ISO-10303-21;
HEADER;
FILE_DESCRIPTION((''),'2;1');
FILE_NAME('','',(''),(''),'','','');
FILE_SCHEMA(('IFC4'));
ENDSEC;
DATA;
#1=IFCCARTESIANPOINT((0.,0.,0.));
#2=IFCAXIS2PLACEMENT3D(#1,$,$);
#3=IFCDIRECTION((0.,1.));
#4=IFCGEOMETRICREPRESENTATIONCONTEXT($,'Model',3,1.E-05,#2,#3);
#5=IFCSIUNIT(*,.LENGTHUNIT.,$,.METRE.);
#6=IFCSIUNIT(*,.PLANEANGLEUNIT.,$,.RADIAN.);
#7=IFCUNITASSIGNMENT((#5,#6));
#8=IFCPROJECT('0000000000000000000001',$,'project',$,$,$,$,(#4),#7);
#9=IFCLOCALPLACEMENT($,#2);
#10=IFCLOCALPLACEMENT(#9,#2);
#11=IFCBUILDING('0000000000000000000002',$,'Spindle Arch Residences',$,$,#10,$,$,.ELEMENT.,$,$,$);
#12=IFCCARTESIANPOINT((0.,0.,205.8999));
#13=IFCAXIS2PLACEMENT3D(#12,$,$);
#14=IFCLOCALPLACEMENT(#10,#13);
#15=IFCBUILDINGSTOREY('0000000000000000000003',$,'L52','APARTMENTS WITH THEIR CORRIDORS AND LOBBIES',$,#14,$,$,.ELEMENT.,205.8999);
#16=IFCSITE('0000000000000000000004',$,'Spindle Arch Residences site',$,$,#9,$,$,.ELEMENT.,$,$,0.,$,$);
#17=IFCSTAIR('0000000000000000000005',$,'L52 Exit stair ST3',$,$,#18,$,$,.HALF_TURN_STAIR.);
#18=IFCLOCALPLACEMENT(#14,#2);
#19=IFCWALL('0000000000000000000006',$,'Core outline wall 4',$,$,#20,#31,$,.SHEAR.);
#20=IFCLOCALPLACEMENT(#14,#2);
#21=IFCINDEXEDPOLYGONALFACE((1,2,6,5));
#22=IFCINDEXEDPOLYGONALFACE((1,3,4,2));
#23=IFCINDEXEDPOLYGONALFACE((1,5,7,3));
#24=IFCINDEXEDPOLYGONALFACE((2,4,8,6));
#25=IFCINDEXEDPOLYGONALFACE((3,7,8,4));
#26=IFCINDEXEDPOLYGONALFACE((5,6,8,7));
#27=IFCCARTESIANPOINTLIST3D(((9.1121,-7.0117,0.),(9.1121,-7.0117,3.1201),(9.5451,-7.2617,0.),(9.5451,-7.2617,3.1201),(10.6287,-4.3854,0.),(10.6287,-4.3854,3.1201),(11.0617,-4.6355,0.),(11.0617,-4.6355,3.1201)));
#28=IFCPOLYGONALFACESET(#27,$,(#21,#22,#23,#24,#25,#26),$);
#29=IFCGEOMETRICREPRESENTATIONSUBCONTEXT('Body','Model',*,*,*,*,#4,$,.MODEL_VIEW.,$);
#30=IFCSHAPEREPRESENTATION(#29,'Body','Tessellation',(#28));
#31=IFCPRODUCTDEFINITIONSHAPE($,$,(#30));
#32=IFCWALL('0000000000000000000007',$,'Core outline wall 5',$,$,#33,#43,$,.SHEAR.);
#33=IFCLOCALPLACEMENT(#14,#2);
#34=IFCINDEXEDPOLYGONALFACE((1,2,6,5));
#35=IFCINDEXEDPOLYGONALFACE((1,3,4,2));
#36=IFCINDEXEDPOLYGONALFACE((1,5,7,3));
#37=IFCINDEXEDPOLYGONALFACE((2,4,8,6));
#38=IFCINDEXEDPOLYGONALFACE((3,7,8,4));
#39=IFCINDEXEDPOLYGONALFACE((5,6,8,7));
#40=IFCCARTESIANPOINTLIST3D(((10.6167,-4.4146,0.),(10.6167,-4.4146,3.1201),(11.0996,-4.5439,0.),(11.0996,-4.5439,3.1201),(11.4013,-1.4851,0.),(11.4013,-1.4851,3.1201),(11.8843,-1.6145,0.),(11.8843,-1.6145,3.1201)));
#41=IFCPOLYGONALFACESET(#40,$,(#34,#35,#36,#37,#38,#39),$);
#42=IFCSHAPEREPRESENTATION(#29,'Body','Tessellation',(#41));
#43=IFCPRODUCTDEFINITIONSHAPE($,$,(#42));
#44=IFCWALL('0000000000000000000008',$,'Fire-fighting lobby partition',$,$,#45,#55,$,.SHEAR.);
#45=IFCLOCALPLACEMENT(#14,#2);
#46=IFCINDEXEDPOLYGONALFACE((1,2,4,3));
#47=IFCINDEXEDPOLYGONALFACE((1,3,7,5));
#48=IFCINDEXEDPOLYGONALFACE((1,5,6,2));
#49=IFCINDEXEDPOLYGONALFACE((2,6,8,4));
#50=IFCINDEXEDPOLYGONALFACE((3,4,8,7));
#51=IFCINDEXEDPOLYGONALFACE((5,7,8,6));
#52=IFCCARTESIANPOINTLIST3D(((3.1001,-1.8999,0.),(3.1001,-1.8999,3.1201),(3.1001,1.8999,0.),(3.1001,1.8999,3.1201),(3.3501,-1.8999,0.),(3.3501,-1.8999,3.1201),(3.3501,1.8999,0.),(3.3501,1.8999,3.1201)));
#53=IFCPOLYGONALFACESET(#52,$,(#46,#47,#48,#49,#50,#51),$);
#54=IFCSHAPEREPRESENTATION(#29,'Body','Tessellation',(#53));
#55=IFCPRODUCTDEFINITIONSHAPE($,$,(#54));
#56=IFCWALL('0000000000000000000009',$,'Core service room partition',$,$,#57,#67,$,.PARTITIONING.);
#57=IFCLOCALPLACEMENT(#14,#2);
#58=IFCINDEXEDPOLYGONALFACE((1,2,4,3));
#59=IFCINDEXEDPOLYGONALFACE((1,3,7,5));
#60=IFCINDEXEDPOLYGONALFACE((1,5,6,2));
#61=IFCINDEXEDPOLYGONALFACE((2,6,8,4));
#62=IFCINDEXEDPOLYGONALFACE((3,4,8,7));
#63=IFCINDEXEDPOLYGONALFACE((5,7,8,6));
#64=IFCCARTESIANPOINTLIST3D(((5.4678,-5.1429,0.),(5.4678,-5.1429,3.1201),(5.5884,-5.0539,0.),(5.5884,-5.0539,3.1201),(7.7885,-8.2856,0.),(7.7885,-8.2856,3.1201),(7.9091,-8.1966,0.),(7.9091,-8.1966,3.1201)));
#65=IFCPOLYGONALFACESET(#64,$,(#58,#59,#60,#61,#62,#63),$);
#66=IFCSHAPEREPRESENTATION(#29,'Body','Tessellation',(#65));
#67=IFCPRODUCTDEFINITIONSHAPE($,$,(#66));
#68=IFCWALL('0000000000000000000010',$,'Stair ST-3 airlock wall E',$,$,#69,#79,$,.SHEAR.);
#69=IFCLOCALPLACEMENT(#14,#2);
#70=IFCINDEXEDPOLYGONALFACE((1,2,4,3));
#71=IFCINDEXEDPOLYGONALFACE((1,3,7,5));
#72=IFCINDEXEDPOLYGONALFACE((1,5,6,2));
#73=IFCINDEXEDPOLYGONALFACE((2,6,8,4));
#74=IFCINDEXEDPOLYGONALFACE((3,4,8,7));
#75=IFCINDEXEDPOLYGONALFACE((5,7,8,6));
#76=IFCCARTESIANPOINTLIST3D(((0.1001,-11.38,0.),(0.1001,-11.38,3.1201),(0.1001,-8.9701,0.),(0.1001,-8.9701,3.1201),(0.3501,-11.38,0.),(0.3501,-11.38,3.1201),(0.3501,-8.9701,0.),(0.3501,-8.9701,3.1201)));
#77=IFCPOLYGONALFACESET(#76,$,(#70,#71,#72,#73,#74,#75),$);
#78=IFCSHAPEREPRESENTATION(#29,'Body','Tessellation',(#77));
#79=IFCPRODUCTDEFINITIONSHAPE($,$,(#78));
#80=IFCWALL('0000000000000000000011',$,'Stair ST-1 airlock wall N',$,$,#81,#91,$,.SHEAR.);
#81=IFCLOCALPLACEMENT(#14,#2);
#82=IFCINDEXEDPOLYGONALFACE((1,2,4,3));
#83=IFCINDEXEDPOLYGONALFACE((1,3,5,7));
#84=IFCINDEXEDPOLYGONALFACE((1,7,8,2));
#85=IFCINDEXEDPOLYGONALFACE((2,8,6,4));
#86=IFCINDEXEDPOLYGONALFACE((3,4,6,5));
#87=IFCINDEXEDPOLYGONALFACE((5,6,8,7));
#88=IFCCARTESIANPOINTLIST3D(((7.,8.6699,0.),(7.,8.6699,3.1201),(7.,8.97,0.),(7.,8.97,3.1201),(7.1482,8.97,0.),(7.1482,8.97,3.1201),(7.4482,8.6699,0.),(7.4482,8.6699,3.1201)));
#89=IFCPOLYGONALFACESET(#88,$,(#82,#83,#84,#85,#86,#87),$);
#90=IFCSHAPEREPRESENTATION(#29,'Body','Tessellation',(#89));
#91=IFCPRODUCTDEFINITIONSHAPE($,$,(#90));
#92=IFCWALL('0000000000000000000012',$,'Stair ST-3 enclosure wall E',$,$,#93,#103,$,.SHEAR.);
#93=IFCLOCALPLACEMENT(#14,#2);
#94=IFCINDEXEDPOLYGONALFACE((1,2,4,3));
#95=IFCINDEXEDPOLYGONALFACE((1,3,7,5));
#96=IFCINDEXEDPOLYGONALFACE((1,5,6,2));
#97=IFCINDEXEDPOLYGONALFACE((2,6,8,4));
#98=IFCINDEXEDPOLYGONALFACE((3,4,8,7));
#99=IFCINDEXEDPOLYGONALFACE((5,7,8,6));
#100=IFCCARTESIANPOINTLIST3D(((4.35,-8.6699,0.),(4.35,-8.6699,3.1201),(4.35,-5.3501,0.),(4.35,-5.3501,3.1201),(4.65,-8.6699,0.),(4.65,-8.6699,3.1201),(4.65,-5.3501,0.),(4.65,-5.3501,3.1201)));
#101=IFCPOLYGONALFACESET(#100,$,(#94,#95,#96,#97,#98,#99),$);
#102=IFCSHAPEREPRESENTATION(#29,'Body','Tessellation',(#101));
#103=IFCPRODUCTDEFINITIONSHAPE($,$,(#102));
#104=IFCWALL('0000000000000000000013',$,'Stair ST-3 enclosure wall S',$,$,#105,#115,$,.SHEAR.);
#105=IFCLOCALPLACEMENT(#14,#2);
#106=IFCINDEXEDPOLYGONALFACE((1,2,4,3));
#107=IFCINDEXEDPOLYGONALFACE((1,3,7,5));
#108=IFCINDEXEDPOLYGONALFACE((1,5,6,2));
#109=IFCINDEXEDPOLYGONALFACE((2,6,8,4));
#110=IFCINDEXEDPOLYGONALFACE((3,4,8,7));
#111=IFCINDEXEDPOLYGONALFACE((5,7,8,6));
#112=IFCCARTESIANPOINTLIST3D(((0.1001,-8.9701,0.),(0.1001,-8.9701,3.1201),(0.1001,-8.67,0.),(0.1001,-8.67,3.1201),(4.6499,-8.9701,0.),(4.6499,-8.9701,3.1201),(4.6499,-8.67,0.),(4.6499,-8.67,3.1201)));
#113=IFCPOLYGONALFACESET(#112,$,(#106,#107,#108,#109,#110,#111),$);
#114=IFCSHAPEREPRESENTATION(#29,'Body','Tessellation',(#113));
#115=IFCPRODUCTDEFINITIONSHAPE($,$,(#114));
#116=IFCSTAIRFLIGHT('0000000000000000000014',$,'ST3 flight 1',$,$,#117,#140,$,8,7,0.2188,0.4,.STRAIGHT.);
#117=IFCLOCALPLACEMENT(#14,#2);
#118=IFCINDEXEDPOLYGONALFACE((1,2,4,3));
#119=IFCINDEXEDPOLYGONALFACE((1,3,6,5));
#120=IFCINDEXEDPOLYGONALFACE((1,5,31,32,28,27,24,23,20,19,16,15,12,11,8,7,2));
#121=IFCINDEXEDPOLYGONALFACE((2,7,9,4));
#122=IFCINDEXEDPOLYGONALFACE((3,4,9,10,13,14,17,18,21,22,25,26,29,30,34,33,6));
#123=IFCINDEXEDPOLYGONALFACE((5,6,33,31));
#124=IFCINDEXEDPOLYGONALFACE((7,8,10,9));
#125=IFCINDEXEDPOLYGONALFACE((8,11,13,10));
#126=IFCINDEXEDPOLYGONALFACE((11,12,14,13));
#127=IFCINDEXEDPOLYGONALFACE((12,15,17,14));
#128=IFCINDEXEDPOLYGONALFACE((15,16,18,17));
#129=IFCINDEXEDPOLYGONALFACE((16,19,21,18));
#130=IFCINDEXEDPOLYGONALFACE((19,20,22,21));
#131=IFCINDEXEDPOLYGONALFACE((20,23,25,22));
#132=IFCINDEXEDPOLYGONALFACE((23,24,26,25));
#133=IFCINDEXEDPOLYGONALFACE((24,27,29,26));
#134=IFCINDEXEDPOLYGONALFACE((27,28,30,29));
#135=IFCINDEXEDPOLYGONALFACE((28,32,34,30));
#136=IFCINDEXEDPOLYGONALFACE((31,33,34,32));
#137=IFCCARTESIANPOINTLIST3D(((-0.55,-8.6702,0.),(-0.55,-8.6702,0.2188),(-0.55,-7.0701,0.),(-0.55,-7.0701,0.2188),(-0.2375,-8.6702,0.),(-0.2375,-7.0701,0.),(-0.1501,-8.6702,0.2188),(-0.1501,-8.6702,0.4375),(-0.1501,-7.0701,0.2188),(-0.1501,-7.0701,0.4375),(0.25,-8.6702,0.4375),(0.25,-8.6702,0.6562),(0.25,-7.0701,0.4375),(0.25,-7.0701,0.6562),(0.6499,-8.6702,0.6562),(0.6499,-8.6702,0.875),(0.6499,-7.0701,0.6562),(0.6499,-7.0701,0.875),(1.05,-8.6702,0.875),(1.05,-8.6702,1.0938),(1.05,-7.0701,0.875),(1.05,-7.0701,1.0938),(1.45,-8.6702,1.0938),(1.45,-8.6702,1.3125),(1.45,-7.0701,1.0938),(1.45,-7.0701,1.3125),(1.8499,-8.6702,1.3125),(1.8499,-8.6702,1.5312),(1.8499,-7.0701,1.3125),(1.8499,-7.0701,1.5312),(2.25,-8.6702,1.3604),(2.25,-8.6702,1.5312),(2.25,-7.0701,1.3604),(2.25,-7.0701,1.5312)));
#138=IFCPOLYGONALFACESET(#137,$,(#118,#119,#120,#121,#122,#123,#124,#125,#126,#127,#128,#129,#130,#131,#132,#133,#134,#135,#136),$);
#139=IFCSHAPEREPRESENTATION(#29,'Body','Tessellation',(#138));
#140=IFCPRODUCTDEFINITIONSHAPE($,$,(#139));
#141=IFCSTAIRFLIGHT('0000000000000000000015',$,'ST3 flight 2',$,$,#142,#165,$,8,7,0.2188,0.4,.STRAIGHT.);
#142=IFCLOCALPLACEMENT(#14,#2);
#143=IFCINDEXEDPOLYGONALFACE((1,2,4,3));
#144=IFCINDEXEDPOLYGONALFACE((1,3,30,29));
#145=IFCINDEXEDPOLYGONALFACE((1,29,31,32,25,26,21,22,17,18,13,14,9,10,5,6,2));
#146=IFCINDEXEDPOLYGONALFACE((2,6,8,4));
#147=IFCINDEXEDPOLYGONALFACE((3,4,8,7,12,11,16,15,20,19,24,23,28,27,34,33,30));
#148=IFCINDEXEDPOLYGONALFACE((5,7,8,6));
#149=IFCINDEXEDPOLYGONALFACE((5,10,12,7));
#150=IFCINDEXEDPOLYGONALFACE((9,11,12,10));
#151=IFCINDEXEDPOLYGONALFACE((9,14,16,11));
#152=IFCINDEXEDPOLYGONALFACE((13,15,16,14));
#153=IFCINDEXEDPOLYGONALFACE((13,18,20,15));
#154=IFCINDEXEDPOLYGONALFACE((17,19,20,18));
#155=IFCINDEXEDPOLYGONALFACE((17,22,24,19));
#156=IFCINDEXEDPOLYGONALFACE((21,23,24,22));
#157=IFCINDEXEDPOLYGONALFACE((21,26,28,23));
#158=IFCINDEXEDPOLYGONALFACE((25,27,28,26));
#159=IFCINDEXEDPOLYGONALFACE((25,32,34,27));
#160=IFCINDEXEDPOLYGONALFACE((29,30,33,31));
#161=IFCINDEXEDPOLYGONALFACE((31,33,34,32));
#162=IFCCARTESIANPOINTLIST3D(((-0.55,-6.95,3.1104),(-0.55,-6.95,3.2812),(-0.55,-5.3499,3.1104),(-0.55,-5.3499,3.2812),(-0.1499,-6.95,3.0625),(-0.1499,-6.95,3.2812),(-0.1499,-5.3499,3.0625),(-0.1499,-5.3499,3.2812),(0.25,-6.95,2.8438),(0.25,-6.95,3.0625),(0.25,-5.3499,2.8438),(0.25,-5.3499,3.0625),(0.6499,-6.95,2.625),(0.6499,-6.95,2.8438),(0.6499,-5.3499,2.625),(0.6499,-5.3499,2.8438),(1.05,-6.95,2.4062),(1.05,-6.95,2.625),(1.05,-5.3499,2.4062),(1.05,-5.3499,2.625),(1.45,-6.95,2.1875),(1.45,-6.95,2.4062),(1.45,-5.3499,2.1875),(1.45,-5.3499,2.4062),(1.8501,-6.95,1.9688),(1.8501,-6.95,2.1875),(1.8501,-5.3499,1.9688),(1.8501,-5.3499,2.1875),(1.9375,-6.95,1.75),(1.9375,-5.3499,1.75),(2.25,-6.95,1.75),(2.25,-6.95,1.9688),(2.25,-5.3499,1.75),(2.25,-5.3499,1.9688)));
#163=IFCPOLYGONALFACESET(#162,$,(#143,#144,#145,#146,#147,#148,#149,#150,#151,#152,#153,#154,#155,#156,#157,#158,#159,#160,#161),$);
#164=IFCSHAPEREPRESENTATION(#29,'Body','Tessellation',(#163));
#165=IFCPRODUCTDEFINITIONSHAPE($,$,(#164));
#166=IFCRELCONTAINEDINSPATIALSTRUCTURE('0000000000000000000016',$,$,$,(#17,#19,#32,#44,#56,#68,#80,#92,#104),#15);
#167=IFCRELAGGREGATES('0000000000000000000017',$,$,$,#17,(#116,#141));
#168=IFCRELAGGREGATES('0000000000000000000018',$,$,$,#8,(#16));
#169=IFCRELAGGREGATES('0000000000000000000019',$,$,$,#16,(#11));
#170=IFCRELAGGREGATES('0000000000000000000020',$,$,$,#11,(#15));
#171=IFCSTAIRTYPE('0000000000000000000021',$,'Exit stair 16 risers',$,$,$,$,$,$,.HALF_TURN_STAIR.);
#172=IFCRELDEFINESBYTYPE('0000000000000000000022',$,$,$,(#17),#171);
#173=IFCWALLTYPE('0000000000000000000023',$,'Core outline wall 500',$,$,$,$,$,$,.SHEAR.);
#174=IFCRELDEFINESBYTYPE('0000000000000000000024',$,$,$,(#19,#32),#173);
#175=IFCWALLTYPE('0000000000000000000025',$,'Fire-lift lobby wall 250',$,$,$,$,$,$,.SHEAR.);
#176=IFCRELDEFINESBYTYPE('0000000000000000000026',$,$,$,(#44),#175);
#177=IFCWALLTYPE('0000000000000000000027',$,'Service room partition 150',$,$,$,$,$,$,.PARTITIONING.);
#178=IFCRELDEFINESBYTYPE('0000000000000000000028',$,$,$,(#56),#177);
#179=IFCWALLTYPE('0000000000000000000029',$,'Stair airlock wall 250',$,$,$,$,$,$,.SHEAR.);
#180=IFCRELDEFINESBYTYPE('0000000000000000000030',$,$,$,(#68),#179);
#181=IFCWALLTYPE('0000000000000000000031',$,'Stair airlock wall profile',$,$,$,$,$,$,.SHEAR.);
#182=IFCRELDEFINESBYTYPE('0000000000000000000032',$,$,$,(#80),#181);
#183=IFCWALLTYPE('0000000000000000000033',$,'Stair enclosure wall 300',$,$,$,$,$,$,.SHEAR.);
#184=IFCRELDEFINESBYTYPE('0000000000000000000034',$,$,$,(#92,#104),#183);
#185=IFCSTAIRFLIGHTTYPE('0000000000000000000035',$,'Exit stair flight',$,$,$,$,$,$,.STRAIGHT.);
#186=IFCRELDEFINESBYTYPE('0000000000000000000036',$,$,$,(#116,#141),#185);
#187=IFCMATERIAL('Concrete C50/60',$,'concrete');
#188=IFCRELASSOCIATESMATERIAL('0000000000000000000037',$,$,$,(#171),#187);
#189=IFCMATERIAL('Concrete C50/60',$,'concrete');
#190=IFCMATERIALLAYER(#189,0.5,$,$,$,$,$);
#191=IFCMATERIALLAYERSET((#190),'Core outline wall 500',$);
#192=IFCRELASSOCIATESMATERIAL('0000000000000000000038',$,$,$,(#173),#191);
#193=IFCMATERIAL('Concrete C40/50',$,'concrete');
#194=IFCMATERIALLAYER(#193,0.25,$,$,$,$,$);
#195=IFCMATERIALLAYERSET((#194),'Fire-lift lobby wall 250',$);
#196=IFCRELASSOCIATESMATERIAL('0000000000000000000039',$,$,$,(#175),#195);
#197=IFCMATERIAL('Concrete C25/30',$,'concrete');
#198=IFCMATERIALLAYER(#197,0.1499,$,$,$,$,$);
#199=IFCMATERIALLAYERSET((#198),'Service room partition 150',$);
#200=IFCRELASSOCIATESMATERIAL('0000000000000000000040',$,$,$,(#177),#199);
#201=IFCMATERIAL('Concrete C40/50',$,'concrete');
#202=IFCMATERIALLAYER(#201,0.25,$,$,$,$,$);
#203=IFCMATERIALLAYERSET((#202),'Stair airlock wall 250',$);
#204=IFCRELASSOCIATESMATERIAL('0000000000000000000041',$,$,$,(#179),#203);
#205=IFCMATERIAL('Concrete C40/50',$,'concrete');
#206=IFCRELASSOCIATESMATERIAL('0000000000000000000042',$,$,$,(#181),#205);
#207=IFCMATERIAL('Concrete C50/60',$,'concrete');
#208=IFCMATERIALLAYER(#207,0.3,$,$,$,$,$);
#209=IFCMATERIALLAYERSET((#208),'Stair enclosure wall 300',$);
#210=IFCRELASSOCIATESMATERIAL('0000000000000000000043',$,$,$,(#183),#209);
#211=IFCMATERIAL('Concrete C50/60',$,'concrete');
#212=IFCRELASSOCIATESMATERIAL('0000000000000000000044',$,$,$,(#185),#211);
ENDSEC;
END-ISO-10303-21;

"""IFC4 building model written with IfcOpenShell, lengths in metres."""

from ifc_helpers import new_model, si_unit, direction, frame, frame_2d, origin, place, context, subcontext, project, spatial, polyline, rectangle, outline, extrude, material, layer, layer_set, type_object, element, aggregate, save


model = new_model("IFC4")

# Units and contexts
model_context = context("Model", 3, precision=1e-05, world=origin(), true_north=direction((0.0, 1.0)))
body_context = subcontext(model_context, "Body", "Model", "MODEL_VIEW")
ifc_project = project(units=[si_unit("LENGTHUNIT", "METRE"), si_unit("PLANEANGLEUNIT", "RADIAN")], contexts=[model_context])

# Site, building, storey
site_placement = place(None, origin())
site = spatial("IfcSite", under=ifc_project, at=site_placement, Name="Spindle Arch Residences site", CompositionType="ELEMENT", RefElevation=0.0)
building_placement = place(site_placement, origin())
building = spatial("IfcBuilding", under=site, at=building_placement, Name="Spindle Arch Residences", CompositionType="ELEMENT")
storey_placement = place(building_placement, frame((0.0, 0.0, 205.8999)))
storey = spatial("IfcBuildingStorey", under=building, at=storey_placement, Name="L52", Description="APARTMENTS WITH THEIR CORRIDORS AND LOBBIES", CompositionType="ELEMENT", Elevation=205.8999)

# Stair
ifc_material_1 = material(Name="Concrete C50/60", Category="concrete")
stair_type = type_object("IfcStairType", Name="Exit stair 16 risers", PredefinedType="HALF_TURN_STAIR", material=ifc_material_1)
stair_1_placement = place(storey_placement, origin())
stair_1 = element("IfcStair", 1, at=stair_1_placement, inside=storey, type_object=stair_type, Name="L52 Exit stair ST3", PredefinedType="HALF_TURN_STAIR")

# Walls
ifc_material_2 = material(Name="Concrete C50/60", Category="concrete")
ifc_layer_1 = layer(ifc_material_2, 0.5)
ifc_layer_set_1 = layer_set([ifc_layer_1], Name="Core outline wall 500")
wall_type_1 = type_object("IfcWallType", Name="Core outline wall 500", PredefinedType="SHEAR", material=ifc_layer_set_1)
for number, where, z_axis, x_axis, name in (
    (2, (9.3286, -7.1367, 0.0), (0.0, 0.0, 1.0), (0.500087, 0.865975, 0.0), "Core outline wall 4"),
    (3, (10.8582, -4.4792, 0.0), (0.0, 0.0, 1.0), (0.258735, 0.965948, 0.0), "Core outline wall 5"),
):
    element("IfcWall", number, at=place(storey_placement, frame(where, z_axis=z_axis, x_axis=x_axis)), inside=storey, type_object=wall_type_1, Name=name, PredefinedType="SHEAR", context=body_context, shape_type="SweptSolid", body=[
        extrude(rectangle(XDim=3.0327, YDim=0.5, at=frame_2d((1.5164, 0.0))), origin(), (0.0, 0.0, 1.0), 3.1201),
    ])
ifc_material_3 = material(Name="Concrete C40/50", Category="concrete")
ifc_layer_2 = layer(ifc_material_3, 0.25)
ifc_layer_set_2 = layer_set([ifc_layer_2], Name="Fire-lift lobby wall 250")
wall_type_2 = type_object("IfcWallType", Name="Fire-lift lobby wall 250", PredefinedType="SHEAR", material=ifc_layer_set_2)
wall_1_placement = place(storey_placement, frame((3.2251, -1.8999, 0.0), z_axis=(0.0, 0.0, 1.0), x_axis=(0.0, 1.0, 0.0)))
element("IfcWall", 4, at=wall_1_placement, inside=storey, type_object=wall_type_2, Name="Fire-fighting lobby partition", PredefinedType="SHEAR", context=body_context, shape_type="SweptSolid", body=[
    extrude(rectangle(XDim=3.7998, YDim=0.25, at=frame_2d((1.8999, 0.0))), origin(), (0.0, 0.0, 1.0), 3.1201),
])

# Walls
ifc_material_4 = material(Name="Concrete C25/30", Category="concrete")
ifc_layer_3 = layer(ifc_material_4, 0.1499)
ifc_layer_set_3 = layer_set([ifc_layer_3], Name="Service room partition 150")
wall_type_3 = type_object("IfcWallType", Name="Service room partition 150", PredefinedType="PARTITIONING", material=ifc_layer_set_3)
wall_2_placement = place(storey_placement, frame((5.5281, -5.0984, 0.0), z_axis=(0.0, 0.0, 1.0), x_axis=(0.594034, -0.80444, 0.0)))
element("IfcWall", 5, at=wall_2_placement, inside=storey, type_object=wall_type_3, Name="Core service room partition", PredefinedType="PARTITIONING", context=body_context, shape_type="SweptSolid", body=[
    extrude(rectangle(XDim=3.9067, YDim=0.1499, at=frame_2d((1.9534, 0.0))), origin(), (0.0, 0.0, 1.0), 3.1201),
])
ifc_material_5 = material(Name="Concrete C40/50", Category="concrete")
ifc_layer_4 = layer(ifc_material_5, 0.25)
ifc_layer_set_4 = layer_set([ifc_layer_4], Name="Stair airlock wall 250")
wall_type_4 = type_object("IfcWallType", Name="Stair airlock wall 250", PredefinedType="SHEAR", material=ifc_layer_set_4)
wall_3_placement = place(storey_placement, frame((0.2251, -8.97, 0.0), z_axis=(0.0, 0.0, 1.0), x_axis=(0.0, -1.0, 0.0)))
element("IfcWall", 6, at=wall_3_placement, inside=storey, type_object=wall_type_4, Name="Stair ST-3 airlock wall E", PredefinedType="SHEAR", context=body_context, shape_type="SweptSolid", body=[
    extrude(rectangle(XDim=2.4099, YDim=0.25, at=frame_2d((1.2051, 0.0))), origin(), (0.0, 0.0, 1.0), 3.1201),
])
ifc_material_6 = material(Name="Concrete C40/50", Category="concrete")
wall_type_5 = type_object("IfcWallType", Name="Stair airlock wall profile", PredefinedType="SHEAR", material=ifc_material_6)
wall_4_placement = place(storey_placement, origin())
element("IfcWall", 7, at=wall_4_placement, inside=storey, type_object=wall_type_5, Name="Stair ST-1 airlock wall N", PredefinedType="SHEAR", context=body_context, shape_type="SweptSolid", body=[
    extrude(outline(polyline([(7.4482, 8.6699), (7.0, 8.6699), (7.0, 8.97), (7.1482, 8.97), (7.4482, 8.6699)])), origin(), (0.0, 0.0, 1.0), 3.1201),
])
ifc_material_7 = material(Name="Concrete C50/60", Category="concrete")
ifc_layer_5 = layer(ifc_material_7, 0.3)
ifc_layer_set_5 = layer_set([ifc_layer_5], Name="Stair enclosure wall 300")
wall_type_6 = type_object("IfcWallType", Name="Stair enclosure wall 300", PredefinedType="SHEAR", material=ifc_layer_set_5)
wall_5_placement = place(storey_placement, frame((4.5, -8.6699, 0.0), z_axis=(0.0, 0.0, 1.0), x_axis=(0.0, 1.0, 0.0)))
element("IfcWall", 8, at=wall_5_placement, inside=storey, type_object=wall_type_6, Name="Stair ST-3 enclosure wall E", PredefinedType="SHEAR", context=body_context, shape_type="SweptSolid", body=[
    extrude(rectangle(XDim=3.3198, YDim=0.3, at=frame_2d((1.6599, 0.0))), origin(), (0.0, 0.0, 1.0), 3.1201),
])
wall_6_placement = place(storey_placement, frame((0.1001, -8.8201, 0.0), z_axis=(0.0, 0.0, 1.0), x_axis=(1.0, 0.0, 0.0)))
element("IfcWall", 9, at=wall_6_placement, inside=storey, type_object=wall_type_6, Name="Stair ST-3 enclosure wall S", PredefinedType="SHEAR", context=body_context, shape_type="SweptSolid", body=[
    extrude(rectangle(XDim=4.5498, YDim=0.3, at=frame_2d((2.2749, 0.0))), origin(), (0.0, 0.0, 1.0), 3.1201),
])

# Stair flights
ifc_material_8 = material(Name="Concrete C50/60", Category="concrete")
stair_flight_type = type_object("IfcStairFlightType", Name="Exit stair flight", PredefinedType="STRAIGHT", material=ifc_material_8)
stair_flight_1_placement = place(storey_placement, frame((-0.55, -7.8701, 0.0), z_axis=(0.0, 0.0, 1.0), x_axis=(1.0, 0.0, 0.0)))
stair_flight_1 = element("IfcStairFlight", 10, at=stair_flight_1_placement, type_object=stair_flight_type, Name="ST3 flight 1", NumberOfRisers=8, NumberOfTreads=7, PredefinedType="STRAIGHT", RiserHeight=0.2188, TreadLength=0.4, context=body_context, shape_type="SweptSolid", body=[
    extrude(outline(polyline([(0.0, 0.0), (0.0, 0.2188), (0.3999, 0.2188), (0.3999, 0.4375), (0.8, 0.4375), (0.8, 0.6562), (1.2, 0.6562), (1.2, 0.875), (1.6001, 0.875), (1.6001, 1.0938), (2.0, 1.0938), (2.0, 1.3125), (2.3999, 1.3125), (2.3999, 1.5312), (2.8, 1.5312), (2.8, 1.75), (2.8, 1.3604), (0.3125, 0.0), (0.0, 0.0)])), frame((0.0, 0.8, 0.0), z_axis=(0.0, -1.0, 0.0), x_axis=(1.0, 0.0, 0.0)), (0.0, 0.0, 1.0), 1.6001),
])
stair_flight_2_placement = place(storey_placement, frame((2.25, -6.1499, 1.75), z_axis=(0.0, 0.0, 1.0), x_axis=(-1.0, 0.0, 0.0)))
stair_flight_2 = element("IfcStairFlight", 11, at=stair_flight_2_placement, type_object=stair_flight_type, Name="ST3 flight 2", NumberOfRisers=8, NumberOfTreads=7, PredefinedType="STRAIGHT", RiserHeight=0.2188, TreadLength=0.4, context=body_context, shape_type="SweptSolid", body=[
    extrude(outline(polyline([(0.0, 0.0), (0.0, 0.2188), (0.3999, 0.2188), (0.3999, 0.4375), (0.8, 0.4375), (0.8, 0.6562), (1.2, 0.6562), (1.2, 0.875), (1.6001, 0.875), (1.6001, 1.0938), (2.0, 1.0938), (2.0, 1.3125), (2.3999, 1.3125), (2.3999, 1.5312), (2.8, 1.5312), (2.8, 1.75), (2.8, 1.3604), (0.3125, 0.0), (0.0, 0.0)])), frame((0.0, 0.8, 0.0), z_axis=(0.0, -1.0, 0.0), x_axis=(1.0, 0.0, 0.0)), (0.0, 0.0, 1.0), 1.6001),
])
aggregate(stair_1, [stair_flight_1, stair_flight_2])

save(model, "model.ifc")
